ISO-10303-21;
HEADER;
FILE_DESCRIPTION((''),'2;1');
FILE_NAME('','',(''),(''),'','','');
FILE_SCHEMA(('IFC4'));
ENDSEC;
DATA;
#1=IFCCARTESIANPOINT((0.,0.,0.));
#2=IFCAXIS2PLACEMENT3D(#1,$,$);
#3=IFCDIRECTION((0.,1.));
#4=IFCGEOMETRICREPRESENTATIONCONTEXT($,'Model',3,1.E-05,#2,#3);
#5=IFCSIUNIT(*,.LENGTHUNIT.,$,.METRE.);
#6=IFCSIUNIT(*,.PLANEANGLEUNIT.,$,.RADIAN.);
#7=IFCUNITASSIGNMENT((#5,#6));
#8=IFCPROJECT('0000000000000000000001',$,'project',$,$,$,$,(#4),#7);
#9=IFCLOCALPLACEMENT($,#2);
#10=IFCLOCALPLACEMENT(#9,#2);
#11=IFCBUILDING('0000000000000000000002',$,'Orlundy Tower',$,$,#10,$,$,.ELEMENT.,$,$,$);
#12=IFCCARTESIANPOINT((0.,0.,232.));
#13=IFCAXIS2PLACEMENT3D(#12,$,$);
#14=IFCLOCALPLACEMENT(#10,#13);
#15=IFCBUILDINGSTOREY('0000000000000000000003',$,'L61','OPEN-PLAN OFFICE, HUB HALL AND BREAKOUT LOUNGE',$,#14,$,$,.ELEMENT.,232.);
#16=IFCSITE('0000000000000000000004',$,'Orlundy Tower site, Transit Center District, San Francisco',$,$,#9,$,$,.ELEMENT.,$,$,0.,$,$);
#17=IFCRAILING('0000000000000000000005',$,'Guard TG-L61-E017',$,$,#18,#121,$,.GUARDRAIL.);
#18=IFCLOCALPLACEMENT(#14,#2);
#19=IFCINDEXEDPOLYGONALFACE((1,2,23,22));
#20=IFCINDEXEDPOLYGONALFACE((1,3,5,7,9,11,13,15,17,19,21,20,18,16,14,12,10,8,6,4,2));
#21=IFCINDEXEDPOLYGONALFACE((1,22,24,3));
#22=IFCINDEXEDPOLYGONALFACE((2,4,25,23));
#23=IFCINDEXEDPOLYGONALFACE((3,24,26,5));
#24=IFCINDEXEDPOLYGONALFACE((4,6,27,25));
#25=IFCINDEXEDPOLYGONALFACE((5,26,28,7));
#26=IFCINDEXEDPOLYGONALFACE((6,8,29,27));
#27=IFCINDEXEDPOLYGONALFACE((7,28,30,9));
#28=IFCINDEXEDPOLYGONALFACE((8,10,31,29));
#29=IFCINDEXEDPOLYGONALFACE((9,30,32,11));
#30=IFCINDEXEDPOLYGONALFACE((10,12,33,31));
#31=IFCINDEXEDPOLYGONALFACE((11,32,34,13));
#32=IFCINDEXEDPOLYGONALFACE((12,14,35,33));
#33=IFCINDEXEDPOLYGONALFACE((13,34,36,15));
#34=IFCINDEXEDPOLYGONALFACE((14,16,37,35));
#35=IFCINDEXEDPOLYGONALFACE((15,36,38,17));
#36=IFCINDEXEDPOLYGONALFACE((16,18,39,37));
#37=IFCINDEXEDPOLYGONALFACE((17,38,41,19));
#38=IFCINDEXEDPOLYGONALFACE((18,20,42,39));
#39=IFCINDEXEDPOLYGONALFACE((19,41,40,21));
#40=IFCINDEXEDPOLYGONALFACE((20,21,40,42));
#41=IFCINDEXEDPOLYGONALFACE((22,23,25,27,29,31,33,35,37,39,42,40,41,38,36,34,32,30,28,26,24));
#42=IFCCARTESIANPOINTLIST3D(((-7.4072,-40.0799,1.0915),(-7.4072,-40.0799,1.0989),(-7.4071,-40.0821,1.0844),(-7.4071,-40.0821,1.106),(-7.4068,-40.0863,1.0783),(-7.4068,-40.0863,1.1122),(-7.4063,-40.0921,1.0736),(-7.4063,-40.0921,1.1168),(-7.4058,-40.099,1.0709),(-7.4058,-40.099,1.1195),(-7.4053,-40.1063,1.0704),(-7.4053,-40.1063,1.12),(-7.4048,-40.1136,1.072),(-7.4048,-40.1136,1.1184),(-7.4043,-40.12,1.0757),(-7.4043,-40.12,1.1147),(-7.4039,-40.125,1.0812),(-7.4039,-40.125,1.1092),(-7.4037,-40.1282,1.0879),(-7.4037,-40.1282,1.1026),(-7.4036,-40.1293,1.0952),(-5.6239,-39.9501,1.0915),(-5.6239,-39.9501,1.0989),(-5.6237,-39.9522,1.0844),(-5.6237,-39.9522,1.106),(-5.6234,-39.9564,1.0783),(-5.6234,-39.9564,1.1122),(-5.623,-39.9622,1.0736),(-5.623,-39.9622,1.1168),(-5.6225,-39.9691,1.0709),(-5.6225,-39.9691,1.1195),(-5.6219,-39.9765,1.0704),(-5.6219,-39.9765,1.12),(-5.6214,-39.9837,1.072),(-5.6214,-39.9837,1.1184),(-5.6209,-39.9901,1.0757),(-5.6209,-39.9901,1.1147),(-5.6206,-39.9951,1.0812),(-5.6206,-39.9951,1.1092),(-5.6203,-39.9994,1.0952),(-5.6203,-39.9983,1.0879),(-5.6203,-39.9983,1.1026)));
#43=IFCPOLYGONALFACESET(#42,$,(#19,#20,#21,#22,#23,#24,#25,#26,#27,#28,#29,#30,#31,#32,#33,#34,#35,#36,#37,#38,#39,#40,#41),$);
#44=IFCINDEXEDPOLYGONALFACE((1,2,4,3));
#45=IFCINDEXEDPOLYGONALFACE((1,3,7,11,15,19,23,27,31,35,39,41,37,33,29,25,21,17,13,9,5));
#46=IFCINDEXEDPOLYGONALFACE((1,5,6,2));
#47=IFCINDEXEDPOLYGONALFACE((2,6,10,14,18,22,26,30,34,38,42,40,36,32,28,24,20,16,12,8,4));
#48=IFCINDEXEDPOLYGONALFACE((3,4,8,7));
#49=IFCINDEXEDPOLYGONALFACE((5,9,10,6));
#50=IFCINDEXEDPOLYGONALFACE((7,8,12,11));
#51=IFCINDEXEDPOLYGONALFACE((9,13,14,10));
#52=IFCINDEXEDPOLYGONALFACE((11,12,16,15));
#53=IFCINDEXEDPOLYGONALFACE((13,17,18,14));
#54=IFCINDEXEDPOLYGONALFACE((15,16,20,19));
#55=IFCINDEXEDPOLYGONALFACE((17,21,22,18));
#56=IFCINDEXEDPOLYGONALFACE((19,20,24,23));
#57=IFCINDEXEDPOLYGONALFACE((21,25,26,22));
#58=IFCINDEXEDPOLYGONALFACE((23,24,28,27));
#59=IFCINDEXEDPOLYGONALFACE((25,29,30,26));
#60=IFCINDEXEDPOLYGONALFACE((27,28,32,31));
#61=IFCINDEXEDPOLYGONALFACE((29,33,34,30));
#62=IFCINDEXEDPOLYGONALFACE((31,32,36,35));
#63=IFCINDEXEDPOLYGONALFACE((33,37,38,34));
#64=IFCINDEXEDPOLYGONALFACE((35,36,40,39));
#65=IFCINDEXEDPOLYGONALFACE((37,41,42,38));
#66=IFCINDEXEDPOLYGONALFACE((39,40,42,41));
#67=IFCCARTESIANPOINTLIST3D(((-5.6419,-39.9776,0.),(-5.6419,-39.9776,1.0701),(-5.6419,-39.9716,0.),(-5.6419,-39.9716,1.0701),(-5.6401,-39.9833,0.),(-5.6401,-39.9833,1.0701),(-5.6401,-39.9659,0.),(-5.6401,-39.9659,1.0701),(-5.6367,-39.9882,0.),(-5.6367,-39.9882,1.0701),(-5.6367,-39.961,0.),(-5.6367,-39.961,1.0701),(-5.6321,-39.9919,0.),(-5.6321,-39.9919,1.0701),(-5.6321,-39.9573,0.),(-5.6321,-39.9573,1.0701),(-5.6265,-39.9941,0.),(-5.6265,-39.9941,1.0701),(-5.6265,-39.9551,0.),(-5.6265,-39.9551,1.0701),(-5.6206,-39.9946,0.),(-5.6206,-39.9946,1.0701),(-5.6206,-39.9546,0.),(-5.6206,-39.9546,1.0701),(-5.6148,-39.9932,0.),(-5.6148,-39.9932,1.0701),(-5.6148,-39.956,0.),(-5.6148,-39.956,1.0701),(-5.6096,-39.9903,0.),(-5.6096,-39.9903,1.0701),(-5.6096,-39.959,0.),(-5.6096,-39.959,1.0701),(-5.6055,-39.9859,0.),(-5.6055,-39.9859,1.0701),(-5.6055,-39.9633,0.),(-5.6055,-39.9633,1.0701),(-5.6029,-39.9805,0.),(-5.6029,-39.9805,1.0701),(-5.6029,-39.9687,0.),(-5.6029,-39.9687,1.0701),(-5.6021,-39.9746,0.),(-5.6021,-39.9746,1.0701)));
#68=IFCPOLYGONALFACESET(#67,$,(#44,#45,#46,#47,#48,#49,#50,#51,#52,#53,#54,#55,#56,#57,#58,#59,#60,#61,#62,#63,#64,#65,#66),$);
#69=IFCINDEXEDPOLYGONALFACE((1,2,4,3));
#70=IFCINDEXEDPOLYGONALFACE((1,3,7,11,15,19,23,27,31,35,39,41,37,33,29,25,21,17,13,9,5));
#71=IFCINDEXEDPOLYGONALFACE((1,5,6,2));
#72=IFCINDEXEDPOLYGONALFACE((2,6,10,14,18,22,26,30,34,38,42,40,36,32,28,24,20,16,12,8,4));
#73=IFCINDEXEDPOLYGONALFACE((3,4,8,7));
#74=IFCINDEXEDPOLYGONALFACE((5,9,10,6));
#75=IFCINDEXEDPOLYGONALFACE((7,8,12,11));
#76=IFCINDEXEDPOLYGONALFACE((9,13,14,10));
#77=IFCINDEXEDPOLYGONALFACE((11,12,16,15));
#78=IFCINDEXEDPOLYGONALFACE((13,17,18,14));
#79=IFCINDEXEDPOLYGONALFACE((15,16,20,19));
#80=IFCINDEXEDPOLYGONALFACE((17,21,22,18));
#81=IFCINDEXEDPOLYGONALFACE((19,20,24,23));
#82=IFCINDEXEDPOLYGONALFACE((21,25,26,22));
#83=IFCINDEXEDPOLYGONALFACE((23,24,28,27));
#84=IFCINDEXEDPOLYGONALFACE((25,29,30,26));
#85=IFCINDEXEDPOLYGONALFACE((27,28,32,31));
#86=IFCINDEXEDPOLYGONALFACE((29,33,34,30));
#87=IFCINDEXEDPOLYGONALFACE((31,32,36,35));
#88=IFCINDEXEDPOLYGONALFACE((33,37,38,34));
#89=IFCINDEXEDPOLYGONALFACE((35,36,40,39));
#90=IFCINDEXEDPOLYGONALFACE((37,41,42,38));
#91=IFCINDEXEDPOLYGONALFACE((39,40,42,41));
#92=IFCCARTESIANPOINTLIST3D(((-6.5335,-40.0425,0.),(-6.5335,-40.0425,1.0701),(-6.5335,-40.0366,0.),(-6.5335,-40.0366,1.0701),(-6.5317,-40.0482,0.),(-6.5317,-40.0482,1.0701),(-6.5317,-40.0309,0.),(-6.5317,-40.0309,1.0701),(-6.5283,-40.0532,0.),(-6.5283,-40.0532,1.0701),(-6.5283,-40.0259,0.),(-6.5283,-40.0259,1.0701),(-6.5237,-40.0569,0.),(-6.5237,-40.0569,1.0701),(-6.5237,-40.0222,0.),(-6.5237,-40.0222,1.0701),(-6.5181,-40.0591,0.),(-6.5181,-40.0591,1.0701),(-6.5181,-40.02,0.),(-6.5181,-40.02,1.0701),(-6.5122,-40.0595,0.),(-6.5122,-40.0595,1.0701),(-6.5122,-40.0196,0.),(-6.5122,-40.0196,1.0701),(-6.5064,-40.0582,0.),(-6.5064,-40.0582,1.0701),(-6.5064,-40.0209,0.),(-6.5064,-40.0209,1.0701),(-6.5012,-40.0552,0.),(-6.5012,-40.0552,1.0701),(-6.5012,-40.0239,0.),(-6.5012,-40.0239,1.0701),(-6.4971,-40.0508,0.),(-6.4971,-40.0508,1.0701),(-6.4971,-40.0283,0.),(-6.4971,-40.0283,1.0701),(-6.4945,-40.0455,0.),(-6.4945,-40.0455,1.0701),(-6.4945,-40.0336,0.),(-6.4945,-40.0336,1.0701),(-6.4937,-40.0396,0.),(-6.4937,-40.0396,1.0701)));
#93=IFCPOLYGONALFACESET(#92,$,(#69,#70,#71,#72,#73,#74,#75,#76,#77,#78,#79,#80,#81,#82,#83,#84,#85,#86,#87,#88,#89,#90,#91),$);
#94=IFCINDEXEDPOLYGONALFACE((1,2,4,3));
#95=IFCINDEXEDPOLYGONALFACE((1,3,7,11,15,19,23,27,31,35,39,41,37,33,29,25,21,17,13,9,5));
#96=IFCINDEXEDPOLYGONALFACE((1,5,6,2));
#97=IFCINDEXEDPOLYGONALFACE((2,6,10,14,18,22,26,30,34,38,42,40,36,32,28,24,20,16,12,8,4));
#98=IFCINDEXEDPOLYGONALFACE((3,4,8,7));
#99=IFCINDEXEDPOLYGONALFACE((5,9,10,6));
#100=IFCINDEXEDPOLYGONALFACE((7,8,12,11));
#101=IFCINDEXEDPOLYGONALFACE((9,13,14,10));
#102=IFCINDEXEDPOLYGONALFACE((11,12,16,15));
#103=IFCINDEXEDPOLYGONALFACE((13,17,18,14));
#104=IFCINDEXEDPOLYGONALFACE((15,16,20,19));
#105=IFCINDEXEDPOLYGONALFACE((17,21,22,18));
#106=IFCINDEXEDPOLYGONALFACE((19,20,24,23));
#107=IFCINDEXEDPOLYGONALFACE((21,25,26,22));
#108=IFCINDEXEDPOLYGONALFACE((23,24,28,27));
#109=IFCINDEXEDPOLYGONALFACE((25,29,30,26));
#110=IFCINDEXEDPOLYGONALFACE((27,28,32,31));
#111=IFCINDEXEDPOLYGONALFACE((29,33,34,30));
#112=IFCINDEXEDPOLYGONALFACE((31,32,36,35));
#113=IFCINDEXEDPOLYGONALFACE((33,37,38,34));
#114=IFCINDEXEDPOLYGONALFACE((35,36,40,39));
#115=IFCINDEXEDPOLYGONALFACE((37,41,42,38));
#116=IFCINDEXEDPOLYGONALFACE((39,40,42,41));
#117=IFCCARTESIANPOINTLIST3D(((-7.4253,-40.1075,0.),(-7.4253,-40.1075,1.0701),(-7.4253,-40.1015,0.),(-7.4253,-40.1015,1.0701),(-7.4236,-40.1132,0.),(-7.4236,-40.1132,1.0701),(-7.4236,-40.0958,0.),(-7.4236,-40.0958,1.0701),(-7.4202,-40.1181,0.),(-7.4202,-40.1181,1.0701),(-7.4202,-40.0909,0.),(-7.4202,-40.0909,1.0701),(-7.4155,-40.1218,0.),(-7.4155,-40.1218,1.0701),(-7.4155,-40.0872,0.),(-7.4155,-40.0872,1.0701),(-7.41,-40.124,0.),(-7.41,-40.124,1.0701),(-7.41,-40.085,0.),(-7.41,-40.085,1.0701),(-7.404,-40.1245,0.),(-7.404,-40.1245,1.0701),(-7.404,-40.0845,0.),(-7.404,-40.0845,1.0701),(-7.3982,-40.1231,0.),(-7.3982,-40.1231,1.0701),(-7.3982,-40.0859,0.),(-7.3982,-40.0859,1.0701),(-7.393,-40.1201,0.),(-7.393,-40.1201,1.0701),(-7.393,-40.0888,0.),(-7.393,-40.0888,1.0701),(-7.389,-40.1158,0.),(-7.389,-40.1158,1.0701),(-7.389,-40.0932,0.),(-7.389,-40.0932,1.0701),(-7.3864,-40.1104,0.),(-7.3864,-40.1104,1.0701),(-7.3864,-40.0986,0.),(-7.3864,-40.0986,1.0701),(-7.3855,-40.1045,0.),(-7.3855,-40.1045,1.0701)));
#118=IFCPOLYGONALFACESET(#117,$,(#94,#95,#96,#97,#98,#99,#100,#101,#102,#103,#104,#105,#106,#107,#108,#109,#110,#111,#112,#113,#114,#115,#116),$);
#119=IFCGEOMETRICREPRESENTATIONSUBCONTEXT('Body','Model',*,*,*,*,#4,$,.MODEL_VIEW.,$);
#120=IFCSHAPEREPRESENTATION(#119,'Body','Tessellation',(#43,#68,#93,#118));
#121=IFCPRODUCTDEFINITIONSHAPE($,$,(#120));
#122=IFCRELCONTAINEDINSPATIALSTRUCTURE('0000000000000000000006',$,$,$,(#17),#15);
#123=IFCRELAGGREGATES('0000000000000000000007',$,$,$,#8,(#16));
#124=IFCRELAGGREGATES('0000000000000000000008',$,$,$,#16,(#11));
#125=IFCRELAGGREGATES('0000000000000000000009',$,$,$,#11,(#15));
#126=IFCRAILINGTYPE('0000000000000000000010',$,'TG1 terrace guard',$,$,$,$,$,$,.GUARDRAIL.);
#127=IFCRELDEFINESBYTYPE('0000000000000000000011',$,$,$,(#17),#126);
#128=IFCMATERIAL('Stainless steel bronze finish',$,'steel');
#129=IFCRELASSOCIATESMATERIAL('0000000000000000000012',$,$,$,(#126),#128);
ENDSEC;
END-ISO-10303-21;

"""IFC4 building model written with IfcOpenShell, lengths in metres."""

from ifc_helpers import new_model, si_unit, direction, frame, origin, origin_2d, place, context, subcontext, project, spatial, circle, extrude, material, type_object, element, save


model = new_model("IFC4")

# Units and contexts
model_context = context("Model", 3, precision=1e-05, world=origin(), true_north=direction((0.0, 1.0)))
body_context = subcontext(model_context, "Body", "Model", "MODEL_VIEW")
ifc_project = project(units=[si_unit("LENGTHUNIT", "METRE"), si_unit("PLANEANGLEUNIT", "RADIAN")], contexts=[model_context])

# Site, building, storey
site_placement = place(None, origin())
site = spatial("IfcSite", under=ifc_project, at=site_placement, Name="Orlundy Tower site, Transit Center District, San Francisco", CompositionType="ELEMENT", RefElevation=0.0)
building_placement = place(site_placement, origin())
building = spatial("IfcBuilding", under=site, at=building_placement, Name="Orlundy Tower", CompositionType="ELEMENT")
storey_placement = place(building_placement, frame((0.0, 0.0, 232.0)))
storey = spatial("IfcBuildingStorey", under=building, at=storey_placement, Name="L61", Description="OPEN-PLAN OFFICE, HUB HALL AND BREAKOUT LOUNGE", CompositionType="ELEMENT", Elevation=232.0)

# Railing
ifc_material_1 = material(Name="Stainless steel bronze finish", Category="steel")
railing_type = type_object("IfcRailingType", Name="TG1 terrace guard", PredefinedType="GUARDRAIL", material=ifc_material_1)
railing_1_placement = place(storey_placement, frame((-5.6221, -39.9746, 0.0)))
element("IfcRailing", 1, at=railing_1_placement, inside=storey, type_object=railing_type, Name="Guard TG-L61-E017", PredefinedType="GUARDRAIL", context=body_context, shape_type="SweptSolid", body=[
    extrude(circle(Radius=0.0249, at=origin_2d()), frame((0.0, 0.0, 1.0952), z_axis=(-0.997359, -0.072634, 0.0), x_axis=(0.072634, -0.997359, 0.0)), (0.0, 0.0, 1.0), 1.7881),
    extrude(circle(Radius=0.02, at=origin_2d()), origin(), (0.0, 0.0, 1.0), 1.0701),
    extrude(circle(Radius=0.02, at=origin_2d()), frame((-0.8916, -0.0649, 0.0)), (0.0, 0.0, 1.0), 1.0701),
    extrude(circle(Radius=0.02, at=origin_2d()), frame((-1.7834, -0.1299, 0.0)), (0.0, 0.0, 1.0), 1.0701),
])

save(model, "model.ifc")
